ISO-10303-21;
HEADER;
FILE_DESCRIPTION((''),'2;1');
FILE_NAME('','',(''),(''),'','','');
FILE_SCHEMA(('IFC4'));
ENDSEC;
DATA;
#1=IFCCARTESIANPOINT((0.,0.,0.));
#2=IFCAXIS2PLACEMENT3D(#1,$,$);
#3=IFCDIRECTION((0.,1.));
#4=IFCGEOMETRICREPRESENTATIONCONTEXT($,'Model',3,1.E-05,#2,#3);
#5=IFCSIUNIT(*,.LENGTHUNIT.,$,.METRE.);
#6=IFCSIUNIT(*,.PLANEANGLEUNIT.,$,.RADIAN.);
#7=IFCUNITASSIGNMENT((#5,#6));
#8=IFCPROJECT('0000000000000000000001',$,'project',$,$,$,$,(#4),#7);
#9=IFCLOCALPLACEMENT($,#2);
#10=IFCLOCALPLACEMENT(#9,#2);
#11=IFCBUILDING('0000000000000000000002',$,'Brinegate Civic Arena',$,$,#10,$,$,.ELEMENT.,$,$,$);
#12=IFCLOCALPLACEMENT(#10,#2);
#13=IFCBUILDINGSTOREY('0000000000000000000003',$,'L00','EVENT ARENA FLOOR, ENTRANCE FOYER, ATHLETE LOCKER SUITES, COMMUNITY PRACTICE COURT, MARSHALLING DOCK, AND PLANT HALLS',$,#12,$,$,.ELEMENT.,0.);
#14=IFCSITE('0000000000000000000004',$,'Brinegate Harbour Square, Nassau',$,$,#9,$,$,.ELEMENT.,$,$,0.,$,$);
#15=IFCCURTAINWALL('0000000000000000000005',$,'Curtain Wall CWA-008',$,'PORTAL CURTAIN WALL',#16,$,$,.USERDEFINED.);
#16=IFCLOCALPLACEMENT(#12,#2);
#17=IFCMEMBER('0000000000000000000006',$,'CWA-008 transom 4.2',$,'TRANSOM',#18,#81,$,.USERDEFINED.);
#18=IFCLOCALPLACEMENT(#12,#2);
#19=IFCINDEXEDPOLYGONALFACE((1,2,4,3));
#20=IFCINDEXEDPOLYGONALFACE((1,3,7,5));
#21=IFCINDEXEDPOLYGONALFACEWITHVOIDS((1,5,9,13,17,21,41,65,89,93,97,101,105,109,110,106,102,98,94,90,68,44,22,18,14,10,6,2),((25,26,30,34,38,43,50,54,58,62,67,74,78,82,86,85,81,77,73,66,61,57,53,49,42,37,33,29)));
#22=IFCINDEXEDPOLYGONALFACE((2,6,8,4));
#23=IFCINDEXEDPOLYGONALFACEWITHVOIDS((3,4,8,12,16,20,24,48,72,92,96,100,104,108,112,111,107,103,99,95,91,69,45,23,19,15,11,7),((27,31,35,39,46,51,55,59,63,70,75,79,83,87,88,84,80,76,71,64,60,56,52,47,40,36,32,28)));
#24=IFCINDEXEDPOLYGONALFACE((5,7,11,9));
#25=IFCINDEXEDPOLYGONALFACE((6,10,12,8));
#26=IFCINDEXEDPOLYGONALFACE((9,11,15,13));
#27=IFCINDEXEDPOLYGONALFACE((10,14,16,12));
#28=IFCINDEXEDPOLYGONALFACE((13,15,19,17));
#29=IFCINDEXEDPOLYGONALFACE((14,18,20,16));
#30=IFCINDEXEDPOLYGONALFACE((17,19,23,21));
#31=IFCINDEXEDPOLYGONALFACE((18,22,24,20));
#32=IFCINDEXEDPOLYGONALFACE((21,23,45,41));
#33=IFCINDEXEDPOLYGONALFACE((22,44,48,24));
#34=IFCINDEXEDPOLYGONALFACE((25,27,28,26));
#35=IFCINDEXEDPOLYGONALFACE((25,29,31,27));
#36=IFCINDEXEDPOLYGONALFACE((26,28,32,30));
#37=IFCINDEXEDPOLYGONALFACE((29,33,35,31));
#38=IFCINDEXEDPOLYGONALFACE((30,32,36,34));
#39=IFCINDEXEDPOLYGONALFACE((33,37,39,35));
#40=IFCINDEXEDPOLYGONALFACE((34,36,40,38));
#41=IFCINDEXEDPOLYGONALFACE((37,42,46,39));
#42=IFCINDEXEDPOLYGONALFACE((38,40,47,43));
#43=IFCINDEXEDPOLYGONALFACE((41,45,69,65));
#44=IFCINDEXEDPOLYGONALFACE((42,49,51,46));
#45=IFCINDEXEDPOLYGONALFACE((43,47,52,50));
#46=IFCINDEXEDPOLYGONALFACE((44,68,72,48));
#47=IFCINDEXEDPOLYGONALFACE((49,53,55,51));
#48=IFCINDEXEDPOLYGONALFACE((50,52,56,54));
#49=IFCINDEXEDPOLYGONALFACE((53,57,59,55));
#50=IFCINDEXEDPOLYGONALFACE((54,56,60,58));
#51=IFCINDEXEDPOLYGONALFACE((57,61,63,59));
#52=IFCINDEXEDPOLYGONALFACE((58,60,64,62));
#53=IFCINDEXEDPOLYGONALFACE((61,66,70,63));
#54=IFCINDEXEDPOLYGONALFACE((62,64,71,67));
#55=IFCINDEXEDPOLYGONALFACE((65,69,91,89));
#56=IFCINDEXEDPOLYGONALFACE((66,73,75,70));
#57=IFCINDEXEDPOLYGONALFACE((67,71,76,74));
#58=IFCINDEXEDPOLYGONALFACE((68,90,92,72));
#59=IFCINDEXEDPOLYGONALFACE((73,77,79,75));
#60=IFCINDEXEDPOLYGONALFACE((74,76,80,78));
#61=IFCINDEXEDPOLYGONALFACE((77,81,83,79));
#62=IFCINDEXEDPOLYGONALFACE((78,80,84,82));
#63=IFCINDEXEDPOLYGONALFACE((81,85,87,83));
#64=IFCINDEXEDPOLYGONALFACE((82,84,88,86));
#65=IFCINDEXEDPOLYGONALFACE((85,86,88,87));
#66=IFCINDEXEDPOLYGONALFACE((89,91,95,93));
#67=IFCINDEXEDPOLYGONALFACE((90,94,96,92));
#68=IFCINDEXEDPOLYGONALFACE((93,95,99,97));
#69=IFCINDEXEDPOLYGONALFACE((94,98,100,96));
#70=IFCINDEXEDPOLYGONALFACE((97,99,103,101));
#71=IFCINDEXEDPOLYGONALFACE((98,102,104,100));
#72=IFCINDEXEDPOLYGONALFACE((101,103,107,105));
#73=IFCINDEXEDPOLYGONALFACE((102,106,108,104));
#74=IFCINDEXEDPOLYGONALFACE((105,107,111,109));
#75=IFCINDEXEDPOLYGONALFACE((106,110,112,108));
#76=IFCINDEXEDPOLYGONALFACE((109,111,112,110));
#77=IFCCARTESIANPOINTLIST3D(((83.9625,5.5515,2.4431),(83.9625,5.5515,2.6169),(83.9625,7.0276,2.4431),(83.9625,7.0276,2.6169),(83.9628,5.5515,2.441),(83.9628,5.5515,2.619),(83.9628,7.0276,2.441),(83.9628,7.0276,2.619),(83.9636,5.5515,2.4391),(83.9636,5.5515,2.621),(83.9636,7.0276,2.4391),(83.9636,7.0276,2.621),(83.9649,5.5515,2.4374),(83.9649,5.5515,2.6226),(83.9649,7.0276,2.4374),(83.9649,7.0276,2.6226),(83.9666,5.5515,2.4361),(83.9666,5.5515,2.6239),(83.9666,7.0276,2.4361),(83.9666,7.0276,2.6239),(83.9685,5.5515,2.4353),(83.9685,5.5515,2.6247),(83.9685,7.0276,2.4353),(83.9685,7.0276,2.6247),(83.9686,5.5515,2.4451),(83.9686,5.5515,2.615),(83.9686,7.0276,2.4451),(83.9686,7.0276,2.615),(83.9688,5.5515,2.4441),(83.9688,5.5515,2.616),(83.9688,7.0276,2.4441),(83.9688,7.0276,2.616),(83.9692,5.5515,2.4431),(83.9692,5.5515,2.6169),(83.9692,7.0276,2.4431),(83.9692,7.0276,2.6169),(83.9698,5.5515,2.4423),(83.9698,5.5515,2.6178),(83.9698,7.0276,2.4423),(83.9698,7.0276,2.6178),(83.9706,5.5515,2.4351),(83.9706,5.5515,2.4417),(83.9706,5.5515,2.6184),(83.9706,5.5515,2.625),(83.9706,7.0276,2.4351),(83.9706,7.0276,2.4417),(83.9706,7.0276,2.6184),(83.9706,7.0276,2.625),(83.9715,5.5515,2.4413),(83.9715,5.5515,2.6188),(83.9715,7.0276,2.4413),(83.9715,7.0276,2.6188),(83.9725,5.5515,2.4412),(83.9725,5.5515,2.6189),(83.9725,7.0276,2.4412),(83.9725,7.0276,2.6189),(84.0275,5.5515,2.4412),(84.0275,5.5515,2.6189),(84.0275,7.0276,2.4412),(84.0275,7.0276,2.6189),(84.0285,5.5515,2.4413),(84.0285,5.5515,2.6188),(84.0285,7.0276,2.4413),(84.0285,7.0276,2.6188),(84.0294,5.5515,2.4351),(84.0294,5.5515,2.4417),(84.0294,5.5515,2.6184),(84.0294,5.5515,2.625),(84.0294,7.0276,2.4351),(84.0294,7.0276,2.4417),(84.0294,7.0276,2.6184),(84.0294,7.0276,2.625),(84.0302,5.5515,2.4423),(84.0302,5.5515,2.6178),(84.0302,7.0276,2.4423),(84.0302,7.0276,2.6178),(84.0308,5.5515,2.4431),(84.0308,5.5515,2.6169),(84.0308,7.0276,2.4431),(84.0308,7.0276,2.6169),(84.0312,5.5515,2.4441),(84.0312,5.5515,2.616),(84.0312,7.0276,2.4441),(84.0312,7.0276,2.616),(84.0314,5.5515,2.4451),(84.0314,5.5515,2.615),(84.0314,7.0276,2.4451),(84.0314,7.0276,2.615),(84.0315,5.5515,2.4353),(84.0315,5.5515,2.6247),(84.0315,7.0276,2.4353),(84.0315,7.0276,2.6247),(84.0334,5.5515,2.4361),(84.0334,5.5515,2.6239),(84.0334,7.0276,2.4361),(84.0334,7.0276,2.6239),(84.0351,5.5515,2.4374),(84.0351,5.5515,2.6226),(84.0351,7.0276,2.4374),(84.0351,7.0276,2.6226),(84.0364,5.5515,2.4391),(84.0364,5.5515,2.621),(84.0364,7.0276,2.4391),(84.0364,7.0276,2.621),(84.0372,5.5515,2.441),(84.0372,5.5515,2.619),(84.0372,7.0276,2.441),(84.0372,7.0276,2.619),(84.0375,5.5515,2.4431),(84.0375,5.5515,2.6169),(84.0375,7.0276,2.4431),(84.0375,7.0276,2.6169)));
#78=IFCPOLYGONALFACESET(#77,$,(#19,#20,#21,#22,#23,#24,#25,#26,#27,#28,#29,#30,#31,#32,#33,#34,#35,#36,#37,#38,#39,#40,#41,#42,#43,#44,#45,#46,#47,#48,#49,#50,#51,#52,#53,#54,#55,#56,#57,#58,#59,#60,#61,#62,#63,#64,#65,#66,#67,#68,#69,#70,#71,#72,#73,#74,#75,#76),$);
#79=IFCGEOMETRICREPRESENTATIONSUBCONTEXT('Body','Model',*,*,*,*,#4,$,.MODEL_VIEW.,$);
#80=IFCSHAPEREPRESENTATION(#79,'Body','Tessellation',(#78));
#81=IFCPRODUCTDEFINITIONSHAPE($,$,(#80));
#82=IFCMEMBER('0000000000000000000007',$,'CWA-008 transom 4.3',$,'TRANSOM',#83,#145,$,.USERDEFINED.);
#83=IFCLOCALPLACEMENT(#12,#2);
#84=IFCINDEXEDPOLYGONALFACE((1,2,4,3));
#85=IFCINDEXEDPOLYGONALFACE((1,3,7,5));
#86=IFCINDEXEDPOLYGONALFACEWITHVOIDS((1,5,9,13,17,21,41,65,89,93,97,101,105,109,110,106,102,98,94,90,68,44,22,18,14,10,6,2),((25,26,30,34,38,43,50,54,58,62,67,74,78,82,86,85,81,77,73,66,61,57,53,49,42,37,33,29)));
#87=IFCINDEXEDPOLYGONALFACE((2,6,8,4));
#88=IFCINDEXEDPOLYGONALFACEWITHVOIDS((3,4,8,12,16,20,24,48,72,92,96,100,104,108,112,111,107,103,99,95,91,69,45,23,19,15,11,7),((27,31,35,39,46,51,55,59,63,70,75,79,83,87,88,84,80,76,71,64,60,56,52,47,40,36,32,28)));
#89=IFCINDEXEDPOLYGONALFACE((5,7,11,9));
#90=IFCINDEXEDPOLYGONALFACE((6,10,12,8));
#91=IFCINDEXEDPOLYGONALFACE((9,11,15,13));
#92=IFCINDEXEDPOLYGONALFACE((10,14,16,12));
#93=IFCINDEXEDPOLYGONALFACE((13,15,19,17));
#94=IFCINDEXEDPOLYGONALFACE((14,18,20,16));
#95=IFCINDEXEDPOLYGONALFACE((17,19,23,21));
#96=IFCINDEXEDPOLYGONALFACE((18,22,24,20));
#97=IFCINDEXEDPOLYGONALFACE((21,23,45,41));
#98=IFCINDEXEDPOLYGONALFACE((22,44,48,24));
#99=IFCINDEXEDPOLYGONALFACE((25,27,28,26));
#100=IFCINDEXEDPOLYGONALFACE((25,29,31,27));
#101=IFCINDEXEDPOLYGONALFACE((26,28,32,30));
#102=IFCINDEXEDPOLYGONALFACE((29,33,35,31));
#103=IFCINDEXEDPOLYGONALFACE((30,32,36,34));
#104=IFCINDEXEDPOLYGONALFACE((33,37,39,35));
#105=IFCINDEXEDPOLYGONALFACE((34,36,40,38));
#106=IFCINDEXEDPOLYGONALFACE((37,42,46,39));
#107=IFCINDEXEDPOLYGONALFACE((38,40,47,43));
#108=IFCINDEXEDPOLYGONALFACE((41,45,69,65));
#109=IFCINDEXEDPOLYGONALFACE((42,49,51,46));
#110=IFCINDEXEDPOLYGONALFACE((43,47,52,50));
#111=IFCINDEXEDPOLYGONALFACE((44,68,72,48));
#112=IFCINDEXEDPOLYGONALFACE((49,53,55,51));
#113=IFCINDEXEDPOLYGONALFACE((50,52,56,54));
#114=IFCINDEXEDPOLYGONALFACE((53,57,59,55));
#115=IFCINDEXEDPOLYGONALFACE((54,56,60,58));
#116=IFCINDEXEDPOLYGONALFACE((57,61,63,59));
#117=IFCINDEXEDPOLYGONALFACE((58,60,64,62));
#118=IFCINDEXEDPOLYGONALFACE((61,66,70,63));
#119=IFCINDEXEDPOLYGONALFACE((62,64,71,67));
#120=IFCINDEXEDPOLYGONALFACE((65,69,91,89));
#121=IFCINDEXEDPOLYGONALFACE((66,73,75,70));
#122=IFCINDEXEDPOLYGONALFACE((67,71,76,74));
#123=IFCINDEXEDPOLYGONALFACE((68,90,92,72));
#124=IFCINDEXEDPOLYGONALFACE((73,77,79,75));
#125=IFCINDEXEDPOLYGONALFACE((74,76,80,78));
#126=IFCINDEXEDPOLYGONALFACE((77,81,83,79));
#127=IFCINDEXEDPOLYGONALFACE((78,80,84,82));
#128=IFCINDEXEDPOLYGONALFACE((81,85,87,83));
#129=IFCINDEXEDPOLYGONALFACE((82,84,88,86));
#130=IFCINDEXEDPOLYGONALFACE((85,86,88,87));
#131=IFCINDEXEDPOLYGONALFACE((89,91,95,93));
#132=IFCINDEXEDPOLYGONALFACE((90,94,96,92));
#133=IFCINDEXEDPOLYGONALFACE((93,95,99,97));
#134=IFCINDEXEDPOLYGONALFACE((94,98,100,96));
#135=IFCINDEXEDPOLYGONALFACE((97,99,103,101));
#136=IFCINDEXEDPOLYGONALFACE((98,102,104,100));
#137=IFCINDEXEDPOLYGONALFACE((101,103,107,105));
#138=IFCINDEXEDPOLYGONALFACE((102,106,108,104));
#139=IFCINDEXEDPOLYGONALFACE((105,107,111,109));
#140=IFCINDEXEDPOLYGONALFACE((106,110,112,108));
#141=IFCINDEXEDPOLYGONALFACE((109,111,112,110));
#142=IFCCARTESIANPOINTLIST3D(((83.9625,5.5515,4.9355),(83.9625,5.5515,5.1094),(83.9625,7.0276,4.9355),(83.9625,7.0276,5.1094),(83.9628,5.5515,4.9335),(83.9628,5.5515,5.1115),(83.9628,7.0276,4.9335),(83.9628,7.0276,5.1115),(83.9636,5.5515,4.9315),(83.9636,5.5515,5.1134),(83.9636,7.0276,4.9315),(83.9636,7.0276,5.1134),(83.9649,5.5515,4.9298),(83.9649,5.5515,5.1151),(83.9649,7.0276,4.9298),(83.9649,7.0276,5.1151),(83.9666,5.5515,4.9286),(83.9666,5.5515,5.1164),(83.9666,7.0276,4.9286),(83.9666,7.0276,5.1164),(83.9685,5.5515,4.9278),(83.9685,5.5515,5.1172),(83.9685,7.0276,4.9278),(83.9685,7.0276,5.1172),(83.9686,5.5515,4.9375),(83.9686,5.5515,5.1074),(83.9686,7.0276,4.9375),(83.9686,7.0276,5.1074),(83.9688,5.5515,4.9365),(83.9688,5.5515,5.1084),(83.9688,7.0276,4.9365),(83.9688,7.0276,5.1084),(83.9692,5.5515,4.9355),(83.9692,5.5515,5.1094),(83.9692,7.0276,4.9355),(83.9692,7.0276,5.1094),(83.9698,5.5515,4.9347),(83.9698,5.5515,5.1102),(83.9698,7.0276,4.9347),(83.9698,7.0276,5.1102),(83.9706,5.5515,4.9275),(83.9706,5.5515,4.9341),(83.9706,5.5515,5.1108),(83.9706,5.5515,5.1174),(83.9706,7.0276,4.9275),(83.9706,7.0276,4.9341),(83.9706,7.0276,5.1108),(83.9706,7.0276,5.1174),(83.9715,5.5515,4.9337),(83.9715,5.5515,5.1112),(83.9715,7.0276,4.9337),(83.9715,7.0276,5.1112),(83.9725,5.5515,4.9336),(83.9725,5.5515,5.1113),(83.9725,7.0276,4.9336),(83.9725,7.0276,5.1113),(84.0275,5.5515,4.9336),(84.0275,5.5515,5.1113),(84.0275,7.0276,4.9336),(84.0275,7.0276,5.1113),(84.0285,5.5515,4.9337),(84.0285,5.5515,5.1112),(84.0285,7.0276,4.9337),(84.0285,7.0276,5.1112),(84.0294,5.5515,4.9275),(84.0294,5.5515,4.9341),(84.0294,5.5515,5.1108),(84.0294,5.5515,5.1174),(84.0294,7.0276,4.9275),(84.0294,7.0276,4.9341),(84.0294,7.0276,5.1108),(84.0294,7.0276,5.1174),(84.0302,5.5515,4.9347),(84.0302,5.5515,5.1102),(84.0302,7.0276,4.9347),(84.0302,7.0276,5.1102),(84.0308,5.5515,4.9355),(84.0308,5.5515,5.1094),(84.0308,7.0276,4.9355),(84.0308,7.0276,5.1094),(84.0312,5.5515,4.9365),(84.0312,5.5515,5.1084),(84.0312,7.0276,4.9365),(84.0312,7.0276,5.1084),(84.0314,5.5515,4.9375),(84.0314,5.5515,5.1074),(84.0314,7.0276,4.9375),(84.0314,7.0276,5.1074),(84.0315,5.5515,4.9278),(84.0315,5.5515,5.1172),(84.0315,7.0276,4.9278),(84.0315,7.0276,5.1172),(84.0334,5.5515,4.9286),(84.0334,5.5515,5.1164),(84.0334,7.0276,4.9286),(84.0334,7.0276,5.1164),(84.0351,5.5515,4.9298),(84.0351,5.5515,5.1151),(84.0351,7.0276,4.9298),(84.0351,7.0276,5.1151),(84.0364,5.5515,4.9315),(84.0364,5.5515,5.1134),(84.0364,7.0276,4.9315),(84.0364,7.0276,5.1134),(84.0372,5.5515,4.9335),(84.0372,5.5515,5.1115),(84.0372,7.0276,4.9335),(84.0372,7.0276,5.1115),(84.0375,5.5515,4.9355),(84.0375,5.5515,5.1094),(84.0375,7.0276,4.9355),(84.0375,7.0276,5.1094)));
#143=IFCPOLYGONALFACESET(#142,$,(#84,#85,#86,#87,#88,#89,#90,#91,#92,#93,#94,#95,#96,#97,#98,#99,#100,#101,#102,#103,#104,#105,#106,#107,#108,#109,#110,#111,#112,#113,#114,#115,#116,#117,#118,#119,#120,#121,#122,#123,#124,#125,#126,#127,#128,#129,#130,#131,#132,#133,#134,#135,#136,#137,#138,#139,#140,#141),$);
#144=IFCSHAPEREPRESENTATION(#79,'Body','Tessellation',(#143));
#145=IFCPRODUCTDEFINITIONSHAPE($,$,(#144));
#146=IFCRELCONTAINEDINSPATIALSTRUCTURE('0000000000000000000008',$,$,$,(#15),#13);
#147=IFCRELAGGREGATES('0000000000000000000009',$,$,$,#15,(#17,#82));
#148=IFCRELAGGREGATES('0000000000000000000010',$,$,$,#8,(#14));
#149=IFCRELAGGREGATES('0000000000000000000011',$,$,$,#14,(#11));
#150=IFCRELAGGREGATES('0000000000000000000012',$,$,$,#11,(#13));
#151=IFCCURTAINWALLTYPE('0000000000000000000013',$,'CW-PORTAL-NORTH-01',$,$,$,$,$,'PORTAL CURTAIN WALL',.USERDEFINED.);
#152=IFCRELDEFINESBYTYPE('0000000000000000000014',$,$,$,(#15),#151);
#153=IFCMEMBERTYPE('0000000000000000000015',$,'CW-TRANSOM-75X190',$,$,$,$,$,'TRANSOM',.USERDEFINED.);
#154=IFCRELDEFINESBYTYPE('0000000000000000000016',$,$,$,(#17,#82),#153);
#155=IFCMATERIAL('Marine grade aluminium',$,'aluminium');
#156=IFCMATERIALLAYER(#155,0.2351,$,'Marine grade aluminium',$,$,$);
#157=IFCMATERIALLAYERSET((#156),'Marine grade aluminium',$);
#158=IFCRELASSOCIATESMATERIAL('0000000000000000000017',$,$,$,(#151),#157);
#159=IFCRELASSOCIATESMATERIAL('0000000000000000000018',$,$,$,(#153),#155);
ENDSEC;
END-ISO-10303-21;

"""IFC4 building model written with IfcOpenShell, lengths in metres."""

from ifc_helpers import new_model, si_unit, direction, frame, origin, origin_2d, place, context, subcontext, project, spatial, hollow_rectangle, extrude, material, layer, layer_set, material_profile, profile_set, type_object, element, aggregate, save


model = new_model("IFC4")

# Units and contexts
model_context = context("Model", 3, precision=1e-05, world=origin(), true_north=direction((0.0, 1.0)))
body_context = subcontext(model_context, "Body", "Model", "MODEL_VIEW")
ifc_project = project(units=[si_unit("LENGTHUNIT", "METRE"), si_unit("PLANEANGLEUNIT", "RADIAN")], contexts=[model_context])

# Site, building, storey
site_placement = place(None, origin())
site = spatial("IfcSite", under=ifc_project, at=site_placement, Name="Brinegate Harbour Square, Nassau", CompositionType="ELEMENT", RefElevation=0.0)
building_placement = place(site_placement, origin())
building = spatial("IfcBuilding", under=site, at=building_placement, Name="Brinegate Civic Arena", CompositionType="ELEMENT")
storey_placement = place(building_placement, origin())
storey = spatial("IfcBuildingStorey", under=building, at=storey_placement, Name="L00", Description="EVENT ARENA FLOOR, ENTRANCE FOYER, ATHLETE LOCKER SUITES, COMMUNITY PRACTICE COURT, MARSHALLING DOCK, AND PLANT HALLS", CompositionType="ELEMENT", Elevation=0.0)

# Curtain wall, members
ifc_material_1 = material(Name="Marine grade aluminium", Category="aluminium")
ifc_layer_1 = layer(ifc_material_1, 0.2351, Name="Marine grade aluminium")
ifc_layer_set_1 = layer_set([ifc_layer_1], Name="Marine grade aluminium")
curtain_wall_type = type_object("IfcCurtainWallType", Name="CW-PORTAL-NORTH-01", ElementType="PORTAL CURTAIN WALL", PredefinedType="USERDEFINED", material=ifc_layer_set_1)
curtain_wall_placement = place(storey_placement, origin())
curtain_wall = element("IfcCurtainWall", 1, at=curtain_wall_placement, inside=storey, type_object=curtain_wall_type, Name="Curtain Wall CWA-008", ObjectType="PORTAL CURTAIN WALL", PredefinedType="USERDEFINED")
ifc_material_profile_1 = material_profile(ifc_material_1, hollow_rectangle(XDim=0.075, YDim=0.1899, WallThickness=0.0061, InnerFilletRadius=0.0039, OuterFilletRadius=0.0081, at=origin_2d()), Name="TRN75X190")
ifc_profile_set_1 = profile_set([ifc_material_profile_1], Name="Marine grade aluminium")
member_type_1 = type_object("IfcMemberType", Name="CW-TRANSOM-75X190", ElementType="TRANSOM", PredefinedType="USERDEFINED", material=ifc_profile_set_1)
member_1_placement = place(storey_placement, frame((84.0, 5.5515, 2.53), z_axis=(0.0, 1.0, 0.0), x_axis=(-1.0, 0.0, 0.0)))
member_1 = element("IfcMember", 2, at=member_1_placement, type_object=member_type_1, Name="CWA-008 transom 4.2", ObjectType="TRANSOM", PredefinedType="USERDEFINED", context=body_context, shape_type="SweptSolid", body=[
    extrude(hollow_rectangle(XDim=0.075, YDim=0.1899, WallThickness=0.0061, InnerFilletRadius=0.0039, OuterFilletRadius=0.0081, at=origin_2d()), origin(), (0.0, 0.0, 1.0), 1.4761),
])
member_2_placement = place(storey_placement, frame((84.0, 5.5515, 5.0225), z_axis=(0.0, 1.0, 0.0), x_axis=(-1.0, 0.0, 0.0)))
member_2 = element("IfcMember", 3, at=member_2_placement, type_object=member_type_1, Name="CWA-008 transom 4.3", ObjectType="TRANSOM", PredefinedType="USERDEFINED", context=body_context, shape_type="SweptSolid", body=[
    extrude(hollow_rectangle(XDim=0.075, YDim=0.1899, WallThickness=0.0061, InnerFilletRadius=0.0039, OuterFilletRadius=0.0081, at=origin_2d()), origin(), (0.0, 0.0, 1.0), 1.4761),
])
aggregate(curtain_wall, [member_1, member_2])

save(model, "model.ifc")
